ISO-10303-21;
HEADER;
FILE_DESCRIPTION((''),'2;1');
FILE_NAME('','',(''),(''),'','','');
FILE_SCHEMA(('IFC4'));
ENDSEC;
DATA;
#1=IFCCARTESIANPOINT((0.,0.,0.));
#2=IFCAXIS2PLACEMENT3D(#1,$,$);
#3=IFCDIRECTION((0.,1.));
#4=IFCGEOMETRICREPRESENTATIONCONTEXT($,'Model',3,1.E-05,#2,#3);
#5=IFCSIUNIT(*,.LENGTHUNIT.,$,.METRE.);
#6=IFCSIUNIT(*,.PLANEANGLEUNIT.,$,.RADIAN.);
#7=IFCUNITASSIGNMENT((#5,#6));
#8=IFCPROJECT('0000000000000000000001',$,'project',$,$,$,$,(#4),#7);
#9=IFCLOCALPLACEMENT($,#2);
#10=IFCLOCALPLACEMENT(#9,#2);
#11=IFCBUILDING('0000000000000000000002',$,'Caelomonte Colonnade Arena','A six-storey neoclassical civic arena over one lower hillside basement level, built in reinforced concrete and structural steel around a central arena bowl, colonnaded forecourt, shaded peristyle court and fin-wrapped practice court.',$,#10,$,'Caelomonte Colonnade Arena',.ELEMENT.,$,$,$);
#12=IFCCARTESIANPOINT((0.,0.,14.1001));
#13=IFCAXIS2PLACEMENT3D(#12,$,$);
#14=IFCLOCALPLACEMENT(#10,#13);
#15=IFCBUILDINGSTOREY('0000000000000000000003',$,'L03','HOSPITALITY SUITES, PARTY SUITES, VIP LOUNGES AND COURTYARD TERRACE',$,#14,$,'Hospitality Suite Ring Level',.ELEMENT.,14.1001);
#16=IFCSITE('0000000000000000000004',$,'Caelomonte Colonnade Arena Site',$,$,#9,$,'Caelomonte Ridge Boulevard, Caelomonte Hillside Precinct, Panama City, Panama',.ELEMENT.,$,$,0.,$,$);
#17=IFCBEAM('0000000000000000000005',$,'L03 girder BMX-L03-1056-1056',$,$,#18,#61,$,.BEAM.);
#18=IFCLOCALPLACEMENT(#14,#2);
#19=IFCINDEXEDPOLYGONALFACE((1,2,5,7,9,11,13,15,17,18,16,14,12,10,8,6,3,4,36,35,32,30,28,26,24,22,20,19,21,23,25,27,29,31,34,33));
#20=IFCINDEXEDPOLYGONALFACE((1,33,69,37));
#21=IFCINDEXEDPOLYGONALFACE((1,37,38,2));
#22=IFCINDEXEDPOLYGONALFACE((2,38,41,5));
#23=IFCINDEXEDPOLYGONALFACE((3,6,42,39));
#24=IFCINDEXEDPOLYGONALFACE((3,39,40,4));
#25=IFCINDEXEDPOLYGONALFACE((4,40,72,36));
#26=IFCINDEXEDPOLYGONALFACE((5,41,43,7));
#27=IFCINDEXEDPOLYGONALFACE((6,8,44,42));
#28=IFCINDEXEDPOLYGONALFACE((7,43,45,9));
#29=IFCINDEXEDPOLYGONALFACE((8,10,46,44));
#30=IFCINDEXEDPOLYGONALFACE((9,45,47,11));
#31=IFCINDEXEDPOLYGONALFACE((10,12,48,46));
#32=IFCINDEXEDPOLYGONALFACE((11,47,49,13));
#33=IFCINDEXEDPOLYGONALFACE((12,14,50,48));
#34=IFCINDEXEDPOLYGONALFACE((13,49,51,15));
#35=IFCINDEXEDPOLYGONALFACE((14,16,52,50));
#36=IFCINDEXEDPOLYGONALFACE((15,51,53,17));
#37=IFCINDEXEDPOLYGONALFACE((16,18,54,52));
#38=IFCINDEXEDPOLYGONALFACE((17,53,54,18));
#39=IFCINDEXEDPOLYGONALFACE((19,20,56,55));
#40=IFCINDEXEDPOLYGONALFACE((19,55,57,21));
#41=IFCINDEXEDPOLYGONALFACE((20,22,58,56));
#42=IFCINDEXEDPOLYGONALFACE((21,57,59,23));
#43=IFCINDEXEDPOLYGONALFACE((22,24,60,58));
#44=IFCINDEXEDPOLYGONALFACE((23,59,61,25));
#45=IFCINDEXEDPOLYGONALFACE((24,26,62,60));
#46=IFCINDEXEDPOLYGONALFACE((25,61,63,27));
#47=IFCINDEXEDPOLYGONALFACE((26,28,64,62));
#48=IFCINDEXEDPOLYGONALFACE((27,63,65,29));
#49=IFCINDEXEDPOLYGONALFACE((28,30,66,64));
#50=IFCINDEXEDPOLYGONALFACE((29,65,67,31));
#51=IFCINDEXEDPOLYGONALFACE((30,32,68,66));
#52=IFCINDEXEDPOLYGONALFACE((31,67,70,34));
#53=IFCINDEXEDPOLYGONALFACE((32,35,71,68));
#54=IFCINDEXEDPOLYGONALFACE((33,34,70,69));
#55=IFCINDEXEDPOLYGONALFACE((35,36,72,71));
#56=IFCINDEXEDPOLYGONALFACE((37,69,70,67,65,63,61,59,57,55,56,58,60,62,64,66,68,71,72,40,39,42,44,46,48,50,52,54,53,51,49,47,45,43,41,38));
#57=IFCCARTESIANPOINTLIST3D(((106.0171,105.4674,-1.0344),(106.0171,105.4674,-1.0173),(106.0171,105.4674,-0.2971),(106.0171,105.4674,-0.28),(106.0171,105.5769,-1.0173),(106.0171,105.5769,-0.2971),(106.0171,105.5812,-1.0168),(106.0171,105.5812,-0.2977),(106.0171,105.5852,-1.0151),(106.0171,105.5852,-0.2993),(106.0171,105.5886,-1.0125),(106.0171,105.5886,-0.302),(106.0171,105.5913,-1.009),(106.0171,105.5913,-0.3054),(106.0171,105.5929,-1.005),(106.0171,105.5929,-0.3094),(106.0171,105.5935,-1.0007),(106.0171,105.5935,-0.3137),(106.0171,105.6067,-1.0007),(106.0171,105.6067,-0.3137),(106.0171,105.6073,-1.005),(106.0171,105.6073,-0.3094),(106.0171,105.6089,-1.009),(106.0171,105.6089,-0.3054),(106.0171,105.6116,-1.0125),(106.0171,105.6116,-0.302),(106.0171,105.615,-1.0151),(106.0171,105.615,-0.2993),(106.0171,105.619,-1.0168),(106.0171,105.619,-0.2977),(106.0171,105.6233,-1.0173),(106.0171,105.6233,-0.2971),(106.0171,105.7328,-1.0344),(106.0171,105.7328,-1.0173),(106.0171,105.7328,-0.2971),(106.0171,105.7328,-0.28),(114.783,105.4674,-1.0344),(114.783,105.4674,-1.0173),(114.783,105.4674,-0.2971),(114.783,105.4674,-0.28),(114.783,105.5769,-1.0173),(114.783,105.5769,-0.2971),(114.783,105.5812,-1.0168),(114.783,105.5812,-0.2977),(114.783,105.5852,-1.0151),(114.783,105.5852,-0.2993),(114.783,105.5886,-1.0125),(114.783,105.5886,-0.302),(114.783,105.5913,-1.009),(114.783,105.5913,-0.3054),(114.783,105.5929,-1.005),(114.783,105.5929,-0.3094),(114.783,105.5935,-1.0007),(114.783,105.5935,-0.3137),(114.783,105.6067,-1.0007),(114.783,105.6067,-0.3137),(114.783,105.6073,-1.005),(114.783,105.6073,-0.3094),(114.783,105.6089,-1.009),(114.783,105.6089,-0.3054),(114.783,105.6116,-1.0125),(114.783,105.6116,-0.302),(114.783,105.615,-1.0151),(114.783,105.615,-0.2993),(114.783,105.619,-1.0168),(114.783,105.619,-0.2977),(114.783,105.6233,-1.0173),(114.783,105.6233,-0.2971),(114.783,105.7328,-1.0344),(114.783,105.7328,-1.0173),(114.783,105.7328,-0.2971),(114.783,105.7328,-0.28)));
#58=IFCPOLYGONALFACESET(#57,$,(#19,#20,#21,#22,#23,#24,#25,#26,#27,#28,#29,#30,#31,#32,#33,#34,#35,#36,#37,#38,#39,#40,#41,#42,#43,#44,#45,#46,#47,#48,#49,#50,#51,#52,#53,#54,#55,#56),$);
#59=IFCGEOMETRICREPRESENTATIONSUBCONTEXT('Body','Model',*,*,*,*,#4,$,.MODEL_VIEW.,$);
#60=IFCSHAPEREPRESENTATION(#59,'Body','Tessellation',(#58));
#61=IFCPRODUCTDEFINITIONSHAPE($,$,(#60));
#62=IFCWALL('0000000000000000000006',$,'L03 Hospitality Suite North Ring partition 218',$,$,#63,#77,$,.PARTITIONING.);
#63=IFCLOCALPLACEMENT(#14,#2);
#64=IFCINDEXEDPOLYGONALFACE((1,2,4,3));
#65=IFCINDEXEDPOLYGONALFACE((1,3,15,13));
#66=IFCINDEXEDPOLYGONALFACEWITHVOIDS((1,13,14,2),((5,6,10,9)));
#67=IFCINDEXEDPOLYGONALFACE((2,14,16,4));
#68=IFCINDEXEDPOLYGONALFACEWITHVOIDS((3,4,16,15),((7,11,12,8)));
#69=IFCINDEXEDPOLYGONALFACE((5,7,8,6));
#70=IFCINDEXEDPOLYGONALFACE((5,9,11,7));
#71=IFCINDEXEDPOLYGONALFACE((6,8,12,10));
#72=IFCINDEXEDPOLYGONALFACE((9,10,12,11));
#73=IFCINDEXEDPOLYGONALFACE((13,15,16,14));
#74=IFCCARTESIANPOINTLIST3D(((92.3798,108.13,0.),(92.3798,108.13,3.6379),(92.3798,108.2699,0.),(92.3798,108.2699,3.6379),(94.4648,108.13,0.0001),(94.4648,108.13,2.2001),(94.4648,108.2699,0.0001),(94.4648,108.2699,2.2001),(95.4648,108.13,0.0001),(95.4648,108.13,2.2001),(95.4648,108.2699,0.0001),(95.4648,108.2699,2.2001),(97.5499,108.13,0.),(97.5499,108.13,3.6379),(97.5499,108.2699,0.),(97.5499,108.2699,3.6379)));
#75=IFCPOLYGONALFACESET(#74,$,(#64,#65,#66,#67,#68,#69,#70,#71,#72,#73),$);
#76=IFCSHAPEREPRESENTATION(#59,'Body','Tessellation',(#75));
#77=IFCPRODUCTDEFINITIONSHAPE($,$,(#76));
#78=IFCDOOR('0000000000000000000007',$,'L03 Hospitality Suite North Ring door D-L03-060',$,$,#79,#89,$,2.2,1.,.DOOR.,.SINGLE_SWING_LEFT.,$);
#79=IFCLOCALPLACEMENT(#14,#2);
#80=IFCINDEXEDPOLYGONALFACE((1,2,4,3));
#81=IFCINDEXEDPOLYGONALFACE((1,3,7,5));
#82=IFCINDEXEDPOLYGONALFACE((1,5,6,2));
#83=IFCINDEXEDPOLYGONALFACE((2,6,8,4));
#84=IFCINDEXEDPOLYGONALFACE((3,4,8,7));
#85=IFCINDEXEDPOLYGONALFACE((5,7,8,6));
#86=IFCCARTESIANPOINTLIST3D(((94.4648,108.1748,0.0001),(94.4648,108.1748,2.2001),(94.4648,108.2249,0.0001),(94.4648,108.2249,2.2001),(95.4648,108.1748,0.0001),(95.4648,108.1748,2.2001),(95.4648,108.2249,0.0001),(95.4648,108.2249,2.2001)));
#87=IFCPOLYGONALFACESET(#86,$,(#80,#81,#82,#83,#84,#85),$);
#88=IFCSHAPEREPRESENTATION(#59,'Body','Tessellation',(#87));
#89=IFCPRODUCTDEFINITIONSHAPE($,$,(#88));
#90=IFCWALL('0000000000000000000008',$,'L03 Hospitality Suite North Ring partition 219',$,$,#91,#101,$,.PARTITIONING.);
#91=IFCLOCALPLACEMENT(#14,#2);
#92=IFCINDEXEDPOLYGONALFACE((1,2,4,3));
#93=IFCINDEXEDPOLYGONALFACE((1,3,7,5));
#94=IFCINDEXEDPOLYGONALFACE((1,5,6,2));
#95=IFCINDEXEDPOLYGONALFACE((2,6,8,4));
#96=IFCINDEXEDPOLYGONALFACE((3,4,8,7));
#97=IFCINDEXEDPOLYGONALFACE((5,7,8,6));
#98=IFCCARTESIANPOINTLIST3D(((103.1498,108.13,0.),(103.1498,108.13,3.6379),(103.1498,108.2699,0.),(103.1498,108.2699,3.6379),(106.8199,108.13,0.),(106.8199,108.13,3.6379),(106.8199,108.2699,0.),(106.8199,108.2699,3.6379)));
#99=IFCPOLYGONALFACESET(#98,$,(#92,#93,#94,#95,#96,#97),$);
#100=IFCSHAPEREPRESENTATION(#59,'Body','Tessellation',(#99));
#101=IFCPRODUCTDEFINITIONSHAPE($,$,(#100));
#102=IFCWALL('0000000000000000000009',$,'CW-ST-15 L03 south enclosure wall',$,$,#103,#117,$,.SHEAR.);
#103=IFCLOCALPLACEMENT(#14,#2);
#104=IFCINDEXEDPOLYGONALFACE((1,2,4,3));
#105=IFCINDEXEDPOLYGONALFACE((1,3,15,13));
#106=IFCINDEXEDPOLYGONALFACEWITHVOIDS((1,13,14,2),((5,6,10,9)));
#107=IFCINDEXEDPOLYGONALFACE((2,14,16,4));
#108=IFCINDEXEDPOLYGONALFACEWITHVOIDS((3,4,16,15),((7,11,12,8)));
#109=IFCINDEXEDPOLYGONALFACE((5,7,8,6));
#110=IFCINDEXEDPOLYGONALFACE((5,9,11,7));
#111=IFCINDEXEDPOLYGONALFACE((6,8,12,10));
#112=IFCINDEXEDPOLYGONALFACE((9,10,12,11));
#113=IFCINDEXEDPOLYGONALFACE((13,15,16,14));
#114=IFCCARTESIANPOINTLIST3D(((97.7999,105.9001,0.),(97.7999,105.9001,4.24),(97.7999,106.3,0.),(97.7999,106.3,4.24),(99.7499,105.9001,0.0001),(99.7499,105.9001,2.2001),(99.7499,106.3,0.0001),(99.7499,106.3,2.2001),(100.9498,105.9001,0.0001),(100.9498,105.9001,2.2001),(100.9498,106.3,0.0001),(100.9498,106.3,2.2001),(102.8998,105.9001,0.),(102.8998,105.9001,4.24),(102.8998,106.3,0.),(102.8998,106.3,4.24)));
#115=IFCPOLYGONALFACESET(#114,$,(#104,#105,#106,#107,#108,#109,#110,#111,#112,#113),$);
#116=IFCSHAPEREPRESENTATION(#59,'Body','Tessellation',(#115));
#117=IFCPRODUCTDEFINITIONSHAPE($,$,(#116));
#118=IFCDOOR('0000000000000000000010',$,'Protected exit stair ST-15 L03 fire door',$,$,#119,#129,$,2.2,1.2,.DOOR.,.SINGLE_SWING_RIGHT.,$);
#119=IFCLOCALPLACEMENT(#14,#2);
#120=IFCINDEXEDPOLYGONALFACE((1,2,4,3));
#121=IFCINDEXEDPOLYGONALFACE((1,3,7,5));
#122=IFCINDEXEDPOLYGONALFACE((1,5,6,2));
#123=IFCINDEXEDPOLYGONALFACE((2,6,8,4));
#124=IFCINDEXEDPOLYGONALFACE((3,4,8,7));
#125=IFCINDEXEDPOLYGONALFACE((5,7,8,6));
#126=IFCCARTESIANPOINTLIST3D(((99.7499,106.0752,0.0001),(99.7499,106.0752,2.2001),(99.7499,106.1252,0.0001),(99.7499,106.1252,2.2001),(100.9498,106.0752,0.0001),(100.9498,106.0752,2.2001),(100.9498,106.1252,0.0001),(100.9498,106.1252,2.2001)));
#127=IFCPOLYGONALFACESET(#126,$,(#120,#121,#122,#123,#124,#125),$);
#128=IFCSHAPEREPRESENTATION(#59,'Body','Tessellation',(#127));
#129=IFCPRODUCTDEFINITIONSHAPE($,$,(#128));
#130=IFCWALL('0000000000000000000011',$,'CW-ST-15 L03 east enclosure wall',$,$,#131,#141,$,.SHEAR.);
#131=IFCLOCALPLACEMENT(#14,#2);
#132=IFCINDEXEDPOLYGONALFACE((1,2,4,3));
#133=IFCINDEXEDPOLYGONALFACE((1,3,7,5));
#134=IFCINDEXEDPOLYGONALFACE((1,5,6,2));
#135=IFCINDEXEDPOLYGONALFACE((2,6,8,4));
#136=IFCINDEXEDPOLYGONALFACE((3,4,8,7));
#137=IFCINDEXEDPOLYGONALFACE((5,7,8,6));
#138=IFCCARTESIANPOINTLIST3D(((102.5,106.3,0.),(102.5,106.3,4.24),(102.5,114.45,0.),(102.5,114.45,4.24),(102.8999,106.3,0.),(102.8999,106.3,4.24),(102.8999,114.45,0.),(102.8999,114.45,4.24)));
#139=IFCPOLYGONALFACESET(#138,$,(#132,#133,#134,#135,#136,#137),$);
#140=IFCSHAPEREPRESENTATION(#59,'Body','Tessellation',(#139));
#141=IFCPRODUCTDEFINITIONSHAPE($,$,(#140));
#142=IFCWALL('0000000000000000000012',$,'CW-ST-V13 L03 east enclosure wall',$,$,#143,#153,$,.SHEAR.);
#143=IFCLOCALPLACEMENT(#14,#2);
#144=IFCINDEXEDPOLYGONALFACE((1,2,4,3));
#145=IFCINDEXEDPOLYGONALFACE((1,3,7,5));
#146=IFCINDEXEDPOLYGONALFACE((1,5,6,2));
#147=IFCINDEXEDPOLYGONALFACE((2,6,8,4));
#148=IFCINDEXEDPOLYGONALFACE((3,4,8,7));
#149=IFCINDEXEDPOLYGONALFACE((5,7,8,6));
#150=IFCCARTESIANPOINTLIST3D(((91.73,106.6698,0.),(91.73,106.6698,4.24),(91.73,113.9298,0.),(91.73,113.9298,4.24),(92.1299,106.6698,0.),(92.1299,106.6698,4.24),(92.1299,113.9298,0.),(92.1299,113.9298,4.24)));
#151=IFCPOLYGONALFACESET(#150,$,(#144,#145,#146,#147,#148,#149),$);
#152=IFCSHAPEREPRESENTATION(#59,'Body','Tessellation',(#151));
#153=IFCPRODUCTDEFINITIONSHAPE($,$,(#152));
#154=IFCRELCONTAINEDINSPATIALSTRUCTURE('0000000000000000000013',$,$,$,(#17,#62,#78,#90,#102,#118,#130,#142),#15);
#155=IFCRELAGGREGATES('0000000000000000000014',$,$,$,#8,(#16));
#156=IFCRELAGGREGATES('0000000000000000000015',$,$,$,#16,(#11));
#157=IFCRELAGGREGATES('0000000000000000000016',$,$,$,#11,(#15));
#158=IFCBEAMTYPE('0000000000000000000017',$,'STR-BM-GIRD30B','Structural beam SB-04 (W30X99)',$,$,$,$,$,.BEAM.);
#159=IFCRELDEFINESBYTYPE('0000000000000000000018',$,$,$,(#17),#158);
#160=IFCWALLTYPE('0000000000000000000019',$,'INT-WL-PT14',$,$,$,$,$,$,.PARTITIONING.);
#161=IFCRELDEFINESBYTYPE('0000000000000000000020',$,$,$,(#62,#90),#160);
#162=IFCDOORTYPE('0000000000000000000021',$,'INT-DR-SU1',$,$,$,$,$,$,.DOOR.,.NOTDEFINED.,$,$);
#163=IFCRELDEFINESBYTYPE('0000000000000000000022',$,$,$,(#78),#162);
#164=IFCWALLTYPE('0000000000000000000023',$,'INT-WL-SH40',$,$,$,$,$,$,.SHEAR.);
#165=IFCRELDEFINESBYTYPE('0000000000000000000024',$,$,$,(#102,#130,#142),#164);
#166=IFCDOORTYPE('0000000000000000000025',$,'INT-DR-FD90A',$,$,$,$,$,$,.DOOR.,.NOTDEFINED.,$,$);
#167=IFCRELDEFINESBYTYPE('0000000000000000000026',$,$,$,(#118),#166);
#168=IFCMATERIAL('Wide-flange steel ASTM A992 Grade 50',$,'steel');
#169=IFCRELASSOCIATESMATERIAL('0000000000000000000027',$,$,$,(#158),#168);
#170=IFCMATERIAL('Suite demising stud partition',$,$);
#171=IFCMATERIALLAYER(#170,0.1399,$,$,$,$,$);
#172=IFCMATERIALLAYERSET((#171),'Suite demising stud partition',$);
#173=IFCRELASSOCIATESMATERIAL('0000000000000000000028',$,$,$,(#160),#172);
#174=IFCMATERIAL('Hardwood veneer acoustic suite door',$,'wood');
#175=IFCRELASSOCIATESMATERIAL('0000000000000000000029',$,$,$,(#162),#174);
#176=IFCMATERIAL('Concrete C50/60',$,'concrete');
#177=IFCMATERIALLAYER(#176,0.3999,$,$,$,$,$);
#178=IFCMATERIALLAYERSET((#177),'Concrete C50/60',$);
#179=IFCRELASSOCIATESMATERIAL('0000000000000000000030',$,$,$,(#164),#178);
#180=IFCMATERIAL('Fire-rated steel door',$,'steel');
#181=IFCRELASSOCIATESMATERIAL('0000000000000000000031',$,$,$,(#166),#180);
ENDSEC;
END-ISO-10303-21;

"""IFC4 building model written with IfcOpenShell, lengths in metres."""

from ifc_helpers import new_model, si_unit, direction, frame, frame_2d, origin, origin_2d, place, context, subcontext, project, spatial, rectangle, i_section, extrude, material, layer, layer_set, material_profile, profile_set, type_object, element, fill, save


model = new_model("IFC4")

# Units and contexts
model_context = context("Model", 3, precision=1e-05, world=origin(), true_north=direction((0.0, 1.0)))
body_context = subcontext(model_context, "Body", "Model", "MODEL_VIEW")
ifc_project = project(units=[si_unit("LENGTHUNIT", "METRE"), si_unit("PLANEANGLEUNIT", "RADIAN")], contexts=[model_context])

# Site, building, storey
site_placement = place(None, origin())
site = spatial("IfcSite", under=ifc_project, at=site_placement, Name="Caelomonte Colonnade Arena Site", LongName="Caelomonte Ridge Boulevard, Caelomonte Hillside Precinct, Panama City, Panama", CompositionType="ELEMENT", RefElevation=0.0)
building_placement = place(site_placement, origin())
building = spatial("IfcBuilding", under=site, at=building_placement, Name="Caelomonte Colonnade Arena", Description="A six-storey neoclassical civic arena over one lower hillside basement level, built in reinforced concrete and structural steel around a central arena bowl, colonnaded forecourt, shaded peristyle court and fin-wrapped practice court.", LongName="Caelomonte Colonnade Arena", CompositionType="ELEMENT")
storey_placement = place(building_placement, frame((0.0, 0.0, 14.1001)))
storey = spatial("IfcBuildingStorey", under=building, at=storey_placement, Name="L03", Description="HOSPITALITY SUITES, PARTY SUITES, VIP LOUNGES AND COURTYARD TERRACE", LongName="Hospitality Suite Ring Level", CompositionType="ELEMENT", Elevation=14.1001)

# Beam
ifc_material_1 = material(Name="Wide-flange steel ASTM A992 Grade 50", Category="steel")
ifc_material_profile_1 = material_profile(ifc_material_1, i_section(OverallWidth=0.2654, OverallDepth=0.7544, WebThickness=0.0132, FlangeThickness=0.0171, FilletRadius=0.0166, at=origin_2d()), Name="W30X99")
ifc_profile_set_1 = profile_set([ifc_material_profile_1], Name="Wide-flange steel ASTM A992 Grade 50")
beam_type_1 = type_object("IfcBeamType", Name="STR-BM-GIRD30B", Description="Structural beam SB-04 (W30X99)", PredefinedType="BEAM", material=ifc_profile_set_1)
beam_1_placement = place(storey_placement, frame((106.0171, 105.6001, -0.6572), z_axis=(1.0, 0.0, 0.0), x_axis=(0.0, 1.0, 0.0)))
element("IfcBeam", 1, at=beam_1_placement, inside=storey, type_object=beam_type_1, Name="L03 girder BMX-L03-1056-1056", PredefinedType="BEAM", context=body_context, shape_type="SweptSolid", body=[
    extrude(i_section(OverallWidth=0.2654, OverallDepth=0.7544, WebThickness=0.0132, FlangeThickness=0.0171, FilletRadius=0.0166, at=origin_2d()), origin(), (0.0, 0.0, 1.0), 8.7659),
])

# Wall, opening, door
ifc_material_2 = material(Name="Suite demising stud partition")
ifc_layer_1 = layer(ifc_material_2, 0.1399)
ifc_layer_set_1 = layer_set([ifc_layer_1], Name="Suite demising stud partition")
wall_type_1 = type_object("IfcWallType", Name="INT-WL-PT14", PredefinedType="PARTITIONING", material=ifc_layer_set_1)
wall_1_placement = place(storey_placement, frame((92.3799, 108.2, 0.0), z_axis=(0.0, 0.0, 1.0), x_axis=(1.0, 0.0, 0.0)))
wall_1 = element("IfcWall", 2, at=wall_1_placement, inside=storey, type_object=wall_type_1, Name="L03 Hospitality Suite North Ring partition 218", PredefinedType="PARTITIONING", context=body_context, shape_type="SweptSolid", body=[
    extrude(rectangle(XDim=5.1702, YDim=0.1399, at=frame_2d((2.585, 0.0))), origin(), (0.0, 0.0, 1.0), 3.6379),
])
opening_1_placement = place(wall_1_placement, frame((2.085, 0.0, 0.0), z_axis=(0.0, 0.0, 1.0), x_axis=(1.0, 0.0, 0.0)))
opening_1 = element("IfcOpeningElement", 3, at=opening_1_placement, cuts=wall_1, PredefinedType="OPENING", context=body_context, shape_type="SweptSolid", body=[
    extrude(rectangle(XDim=1.0, YDim=2.2, at=frame_2d((0.5, 1.1001))), frame((0.0, 0.0798, 0.0), z_axis=(0.0, -1.0, 0.0), x_axis=(1.0, 0.0, 0.0)), (0.0, 0.0, 1.0), 0.1599),
])
ifc_material_3 = material(Name="Hardwood veneer acoustic suite door", Category="wood")
door_type_1 = type_object("IfcDoorType", Name="INT-DR-SU1", OperationType="NOTDEFINED", PredefinedType="DOOR", material=ifc_material_3)
door_1_placement = place(opening_1_placement, origin())
door_1 = element("IfcDoor", 4, at=door_1_placement, inside=storey, type_object=door_type_1, Name="L03 Hospitality Suite North Ring door D-L03-060", OperationType="SINGLE_SWING_LEFT", OverallHeight=2.2, OverallWidth=1.0, PredefinedType="DOOR", context=body_context, shape_type="SweptSolid", body=[
    extrude(rectangle(XDim=1.0, YDim=2.2, at=frame_2d((0.5, 1.1001))), frame((0.0, 0.0249, 0.0), z_axis=(0.0, -1.0, 0.0), x_axis=(1.0, 0.0, 0.0)), (0.0, 0.0, 1.0), 0.05),
])
fill(opening_1, door_1)

# Wall
wall_2_placement = place(storey_placement, frame((103.1499, 108.2, 0.0), z_axis=(0.0, 0.0, 1.0), x_axis=(1.0, 0.0, 0.0)))
element("IfcWall", 5, at=wall_2_placement, inside=storey, type_object=wall_type_1, Name="L03 Hospitality Suite North Ring partition 219", PredefinedType="PARTITIONING", context=body_context, shape_type="SweptSolid", body=[
    extrude(rectangle(XDim=3.6702, YDim=0.1399, at=frame_2d((1.835, 0.0))), origin(), (0.0, 0.0, 1.0), 3.6379),
])

# Wall, opening, door
ifc_material_4 = material(Name="Concrete C50/60", Category="concrete")
ifc_layer_2 = layer(ifc_material_4, 0.3999)
ifc_layer_set_2 = layer_set([ifc_layer_2], Name="Concrete C50/60")
wall_type_2 = type_object("IfcWallType", Name="INT-WL-SH40", PredefinedType="SHEAR", material=ifc_layer_set_2)
wall_3_placement = place(storey_placement, frame((97.8, 106.1001, 0.0), z_axis=(0.0, 0.0, 1.0), x_axis=(1.0, 0.0, 0.0)))
wall_3 = element("IfcWall", 6, at=wall_3_placement, inside=storey, type_object=wall_type_2, Name="CW-ST-15 L03 south enclosure wall", PredefinedType="SHEAR", context=body_context, shape_type="SweptSolid", body=[
    extrude(rectangle(XDim=5.0999, YDim=0.3999, at=frame_2d((2.5498, 0.0))), origin(), (0.0, 0.0, 1.0), 4.24),
])
opening_2_placement = place(wall_3_placement, frame((3.1499, 0.0, 0.0), z_axis=(0.0, 0.0, 1.0), x_axis=(-1.0, 0.0, 0.0)))
opening_2 = element("IfcOpeningElement", 7, at=opening_2_placement, cuts=wall_3, PredefinedType="OPENING", context=body_context, shape_type="SweptSolid", body=[
    extrude(rectangle(XDim=1.2, YDim=2.2, at=frame_2d((0.6001, 1.1001))), frame((0.0, 0.21, 0.0), z_axis=(0.0, -1.0, 0.0), x_axis=(1.0, 0.0, 0.0)), (0.0, 0.0, 1.0), 0.4199),
])
ifc_material_5 = material(Name="Fire-rated steel door", Category="steel")
door_type_2 = type_object("IfcDoorType", Name="INT-DR-FD90A", OperationType="NOTDEFINED", PredefinedType="DOOR", material=ifc_material_5)
door_2_placement = place(opening_2_placement, origin())
door_2 = element("IfcDoor", 8, at=door_2_placement, inside=storey, type_object=door_type_2, Name="Protected exit stair ST-15 L03 fire door", OperationType="SINGLE_SWING_RIGHT", OverallHeight=2.2, OverallWidth=1.2, PredefinedType="DOOR", context=body_context, shape_type="SweptSolid", body=[
    extrude(rectangle(XDim=1.2, YDim=2.2, at=frame_2d((0.6001, 1.1001))), frame((0.0, 0.0249, 0.0), z_axis=(0.0, -1.0, 0.0), x_axis=(1.0, 0.0, 0.0)), (0.0, 0.0, 1.0), 0.05),
])
fill(opening_2, door_2)

# Walls
wall_4_placement = place(storey_placement, frame((102.7, 106.3, 0.0), z_axis=(0.0, 0.0, 1.0), x_axis=(0.0, 1.0, 0.0)))
element("IfcWall", 9, at=wall_4_placement, inside=storey, type_object=wall_type_2, Name="CW-ST-15 L03 east enclosure wall", PredefinedType="SHEAR", context=body_context, shape_type="SweptSolid", body=[
    extrude(rectangle(XDim=8.1499, YDim=0.3999, at=frame_2d((4.075, 0.0))), origin(), (0.0, 0.0, 1.0), 4.24),
])
wall_5_placement = place(storey_placement, frame((91.9299, 106.6699, 0.0), z_axis=(0.0, 0.0, 1.0), x_axis=(0.0, 1.0, 0.0)))
element("IfcWall", 10, at=wall_5_placement, inside=storey, type_object=wall_type_2, Name="CW-ST-V13 L03 east enclosure wall", PredefinedType="SHEAR", context=body_context, shape_type="SweptSolid", body=[
    extrude(rectangle(XDim=7.26, YDim=0.3999, at=frame_2d((3.6299, 0.0))), origin(), (0.0, 0.0, 1.0), 4.24),
])

save(model, "model.ifc")
